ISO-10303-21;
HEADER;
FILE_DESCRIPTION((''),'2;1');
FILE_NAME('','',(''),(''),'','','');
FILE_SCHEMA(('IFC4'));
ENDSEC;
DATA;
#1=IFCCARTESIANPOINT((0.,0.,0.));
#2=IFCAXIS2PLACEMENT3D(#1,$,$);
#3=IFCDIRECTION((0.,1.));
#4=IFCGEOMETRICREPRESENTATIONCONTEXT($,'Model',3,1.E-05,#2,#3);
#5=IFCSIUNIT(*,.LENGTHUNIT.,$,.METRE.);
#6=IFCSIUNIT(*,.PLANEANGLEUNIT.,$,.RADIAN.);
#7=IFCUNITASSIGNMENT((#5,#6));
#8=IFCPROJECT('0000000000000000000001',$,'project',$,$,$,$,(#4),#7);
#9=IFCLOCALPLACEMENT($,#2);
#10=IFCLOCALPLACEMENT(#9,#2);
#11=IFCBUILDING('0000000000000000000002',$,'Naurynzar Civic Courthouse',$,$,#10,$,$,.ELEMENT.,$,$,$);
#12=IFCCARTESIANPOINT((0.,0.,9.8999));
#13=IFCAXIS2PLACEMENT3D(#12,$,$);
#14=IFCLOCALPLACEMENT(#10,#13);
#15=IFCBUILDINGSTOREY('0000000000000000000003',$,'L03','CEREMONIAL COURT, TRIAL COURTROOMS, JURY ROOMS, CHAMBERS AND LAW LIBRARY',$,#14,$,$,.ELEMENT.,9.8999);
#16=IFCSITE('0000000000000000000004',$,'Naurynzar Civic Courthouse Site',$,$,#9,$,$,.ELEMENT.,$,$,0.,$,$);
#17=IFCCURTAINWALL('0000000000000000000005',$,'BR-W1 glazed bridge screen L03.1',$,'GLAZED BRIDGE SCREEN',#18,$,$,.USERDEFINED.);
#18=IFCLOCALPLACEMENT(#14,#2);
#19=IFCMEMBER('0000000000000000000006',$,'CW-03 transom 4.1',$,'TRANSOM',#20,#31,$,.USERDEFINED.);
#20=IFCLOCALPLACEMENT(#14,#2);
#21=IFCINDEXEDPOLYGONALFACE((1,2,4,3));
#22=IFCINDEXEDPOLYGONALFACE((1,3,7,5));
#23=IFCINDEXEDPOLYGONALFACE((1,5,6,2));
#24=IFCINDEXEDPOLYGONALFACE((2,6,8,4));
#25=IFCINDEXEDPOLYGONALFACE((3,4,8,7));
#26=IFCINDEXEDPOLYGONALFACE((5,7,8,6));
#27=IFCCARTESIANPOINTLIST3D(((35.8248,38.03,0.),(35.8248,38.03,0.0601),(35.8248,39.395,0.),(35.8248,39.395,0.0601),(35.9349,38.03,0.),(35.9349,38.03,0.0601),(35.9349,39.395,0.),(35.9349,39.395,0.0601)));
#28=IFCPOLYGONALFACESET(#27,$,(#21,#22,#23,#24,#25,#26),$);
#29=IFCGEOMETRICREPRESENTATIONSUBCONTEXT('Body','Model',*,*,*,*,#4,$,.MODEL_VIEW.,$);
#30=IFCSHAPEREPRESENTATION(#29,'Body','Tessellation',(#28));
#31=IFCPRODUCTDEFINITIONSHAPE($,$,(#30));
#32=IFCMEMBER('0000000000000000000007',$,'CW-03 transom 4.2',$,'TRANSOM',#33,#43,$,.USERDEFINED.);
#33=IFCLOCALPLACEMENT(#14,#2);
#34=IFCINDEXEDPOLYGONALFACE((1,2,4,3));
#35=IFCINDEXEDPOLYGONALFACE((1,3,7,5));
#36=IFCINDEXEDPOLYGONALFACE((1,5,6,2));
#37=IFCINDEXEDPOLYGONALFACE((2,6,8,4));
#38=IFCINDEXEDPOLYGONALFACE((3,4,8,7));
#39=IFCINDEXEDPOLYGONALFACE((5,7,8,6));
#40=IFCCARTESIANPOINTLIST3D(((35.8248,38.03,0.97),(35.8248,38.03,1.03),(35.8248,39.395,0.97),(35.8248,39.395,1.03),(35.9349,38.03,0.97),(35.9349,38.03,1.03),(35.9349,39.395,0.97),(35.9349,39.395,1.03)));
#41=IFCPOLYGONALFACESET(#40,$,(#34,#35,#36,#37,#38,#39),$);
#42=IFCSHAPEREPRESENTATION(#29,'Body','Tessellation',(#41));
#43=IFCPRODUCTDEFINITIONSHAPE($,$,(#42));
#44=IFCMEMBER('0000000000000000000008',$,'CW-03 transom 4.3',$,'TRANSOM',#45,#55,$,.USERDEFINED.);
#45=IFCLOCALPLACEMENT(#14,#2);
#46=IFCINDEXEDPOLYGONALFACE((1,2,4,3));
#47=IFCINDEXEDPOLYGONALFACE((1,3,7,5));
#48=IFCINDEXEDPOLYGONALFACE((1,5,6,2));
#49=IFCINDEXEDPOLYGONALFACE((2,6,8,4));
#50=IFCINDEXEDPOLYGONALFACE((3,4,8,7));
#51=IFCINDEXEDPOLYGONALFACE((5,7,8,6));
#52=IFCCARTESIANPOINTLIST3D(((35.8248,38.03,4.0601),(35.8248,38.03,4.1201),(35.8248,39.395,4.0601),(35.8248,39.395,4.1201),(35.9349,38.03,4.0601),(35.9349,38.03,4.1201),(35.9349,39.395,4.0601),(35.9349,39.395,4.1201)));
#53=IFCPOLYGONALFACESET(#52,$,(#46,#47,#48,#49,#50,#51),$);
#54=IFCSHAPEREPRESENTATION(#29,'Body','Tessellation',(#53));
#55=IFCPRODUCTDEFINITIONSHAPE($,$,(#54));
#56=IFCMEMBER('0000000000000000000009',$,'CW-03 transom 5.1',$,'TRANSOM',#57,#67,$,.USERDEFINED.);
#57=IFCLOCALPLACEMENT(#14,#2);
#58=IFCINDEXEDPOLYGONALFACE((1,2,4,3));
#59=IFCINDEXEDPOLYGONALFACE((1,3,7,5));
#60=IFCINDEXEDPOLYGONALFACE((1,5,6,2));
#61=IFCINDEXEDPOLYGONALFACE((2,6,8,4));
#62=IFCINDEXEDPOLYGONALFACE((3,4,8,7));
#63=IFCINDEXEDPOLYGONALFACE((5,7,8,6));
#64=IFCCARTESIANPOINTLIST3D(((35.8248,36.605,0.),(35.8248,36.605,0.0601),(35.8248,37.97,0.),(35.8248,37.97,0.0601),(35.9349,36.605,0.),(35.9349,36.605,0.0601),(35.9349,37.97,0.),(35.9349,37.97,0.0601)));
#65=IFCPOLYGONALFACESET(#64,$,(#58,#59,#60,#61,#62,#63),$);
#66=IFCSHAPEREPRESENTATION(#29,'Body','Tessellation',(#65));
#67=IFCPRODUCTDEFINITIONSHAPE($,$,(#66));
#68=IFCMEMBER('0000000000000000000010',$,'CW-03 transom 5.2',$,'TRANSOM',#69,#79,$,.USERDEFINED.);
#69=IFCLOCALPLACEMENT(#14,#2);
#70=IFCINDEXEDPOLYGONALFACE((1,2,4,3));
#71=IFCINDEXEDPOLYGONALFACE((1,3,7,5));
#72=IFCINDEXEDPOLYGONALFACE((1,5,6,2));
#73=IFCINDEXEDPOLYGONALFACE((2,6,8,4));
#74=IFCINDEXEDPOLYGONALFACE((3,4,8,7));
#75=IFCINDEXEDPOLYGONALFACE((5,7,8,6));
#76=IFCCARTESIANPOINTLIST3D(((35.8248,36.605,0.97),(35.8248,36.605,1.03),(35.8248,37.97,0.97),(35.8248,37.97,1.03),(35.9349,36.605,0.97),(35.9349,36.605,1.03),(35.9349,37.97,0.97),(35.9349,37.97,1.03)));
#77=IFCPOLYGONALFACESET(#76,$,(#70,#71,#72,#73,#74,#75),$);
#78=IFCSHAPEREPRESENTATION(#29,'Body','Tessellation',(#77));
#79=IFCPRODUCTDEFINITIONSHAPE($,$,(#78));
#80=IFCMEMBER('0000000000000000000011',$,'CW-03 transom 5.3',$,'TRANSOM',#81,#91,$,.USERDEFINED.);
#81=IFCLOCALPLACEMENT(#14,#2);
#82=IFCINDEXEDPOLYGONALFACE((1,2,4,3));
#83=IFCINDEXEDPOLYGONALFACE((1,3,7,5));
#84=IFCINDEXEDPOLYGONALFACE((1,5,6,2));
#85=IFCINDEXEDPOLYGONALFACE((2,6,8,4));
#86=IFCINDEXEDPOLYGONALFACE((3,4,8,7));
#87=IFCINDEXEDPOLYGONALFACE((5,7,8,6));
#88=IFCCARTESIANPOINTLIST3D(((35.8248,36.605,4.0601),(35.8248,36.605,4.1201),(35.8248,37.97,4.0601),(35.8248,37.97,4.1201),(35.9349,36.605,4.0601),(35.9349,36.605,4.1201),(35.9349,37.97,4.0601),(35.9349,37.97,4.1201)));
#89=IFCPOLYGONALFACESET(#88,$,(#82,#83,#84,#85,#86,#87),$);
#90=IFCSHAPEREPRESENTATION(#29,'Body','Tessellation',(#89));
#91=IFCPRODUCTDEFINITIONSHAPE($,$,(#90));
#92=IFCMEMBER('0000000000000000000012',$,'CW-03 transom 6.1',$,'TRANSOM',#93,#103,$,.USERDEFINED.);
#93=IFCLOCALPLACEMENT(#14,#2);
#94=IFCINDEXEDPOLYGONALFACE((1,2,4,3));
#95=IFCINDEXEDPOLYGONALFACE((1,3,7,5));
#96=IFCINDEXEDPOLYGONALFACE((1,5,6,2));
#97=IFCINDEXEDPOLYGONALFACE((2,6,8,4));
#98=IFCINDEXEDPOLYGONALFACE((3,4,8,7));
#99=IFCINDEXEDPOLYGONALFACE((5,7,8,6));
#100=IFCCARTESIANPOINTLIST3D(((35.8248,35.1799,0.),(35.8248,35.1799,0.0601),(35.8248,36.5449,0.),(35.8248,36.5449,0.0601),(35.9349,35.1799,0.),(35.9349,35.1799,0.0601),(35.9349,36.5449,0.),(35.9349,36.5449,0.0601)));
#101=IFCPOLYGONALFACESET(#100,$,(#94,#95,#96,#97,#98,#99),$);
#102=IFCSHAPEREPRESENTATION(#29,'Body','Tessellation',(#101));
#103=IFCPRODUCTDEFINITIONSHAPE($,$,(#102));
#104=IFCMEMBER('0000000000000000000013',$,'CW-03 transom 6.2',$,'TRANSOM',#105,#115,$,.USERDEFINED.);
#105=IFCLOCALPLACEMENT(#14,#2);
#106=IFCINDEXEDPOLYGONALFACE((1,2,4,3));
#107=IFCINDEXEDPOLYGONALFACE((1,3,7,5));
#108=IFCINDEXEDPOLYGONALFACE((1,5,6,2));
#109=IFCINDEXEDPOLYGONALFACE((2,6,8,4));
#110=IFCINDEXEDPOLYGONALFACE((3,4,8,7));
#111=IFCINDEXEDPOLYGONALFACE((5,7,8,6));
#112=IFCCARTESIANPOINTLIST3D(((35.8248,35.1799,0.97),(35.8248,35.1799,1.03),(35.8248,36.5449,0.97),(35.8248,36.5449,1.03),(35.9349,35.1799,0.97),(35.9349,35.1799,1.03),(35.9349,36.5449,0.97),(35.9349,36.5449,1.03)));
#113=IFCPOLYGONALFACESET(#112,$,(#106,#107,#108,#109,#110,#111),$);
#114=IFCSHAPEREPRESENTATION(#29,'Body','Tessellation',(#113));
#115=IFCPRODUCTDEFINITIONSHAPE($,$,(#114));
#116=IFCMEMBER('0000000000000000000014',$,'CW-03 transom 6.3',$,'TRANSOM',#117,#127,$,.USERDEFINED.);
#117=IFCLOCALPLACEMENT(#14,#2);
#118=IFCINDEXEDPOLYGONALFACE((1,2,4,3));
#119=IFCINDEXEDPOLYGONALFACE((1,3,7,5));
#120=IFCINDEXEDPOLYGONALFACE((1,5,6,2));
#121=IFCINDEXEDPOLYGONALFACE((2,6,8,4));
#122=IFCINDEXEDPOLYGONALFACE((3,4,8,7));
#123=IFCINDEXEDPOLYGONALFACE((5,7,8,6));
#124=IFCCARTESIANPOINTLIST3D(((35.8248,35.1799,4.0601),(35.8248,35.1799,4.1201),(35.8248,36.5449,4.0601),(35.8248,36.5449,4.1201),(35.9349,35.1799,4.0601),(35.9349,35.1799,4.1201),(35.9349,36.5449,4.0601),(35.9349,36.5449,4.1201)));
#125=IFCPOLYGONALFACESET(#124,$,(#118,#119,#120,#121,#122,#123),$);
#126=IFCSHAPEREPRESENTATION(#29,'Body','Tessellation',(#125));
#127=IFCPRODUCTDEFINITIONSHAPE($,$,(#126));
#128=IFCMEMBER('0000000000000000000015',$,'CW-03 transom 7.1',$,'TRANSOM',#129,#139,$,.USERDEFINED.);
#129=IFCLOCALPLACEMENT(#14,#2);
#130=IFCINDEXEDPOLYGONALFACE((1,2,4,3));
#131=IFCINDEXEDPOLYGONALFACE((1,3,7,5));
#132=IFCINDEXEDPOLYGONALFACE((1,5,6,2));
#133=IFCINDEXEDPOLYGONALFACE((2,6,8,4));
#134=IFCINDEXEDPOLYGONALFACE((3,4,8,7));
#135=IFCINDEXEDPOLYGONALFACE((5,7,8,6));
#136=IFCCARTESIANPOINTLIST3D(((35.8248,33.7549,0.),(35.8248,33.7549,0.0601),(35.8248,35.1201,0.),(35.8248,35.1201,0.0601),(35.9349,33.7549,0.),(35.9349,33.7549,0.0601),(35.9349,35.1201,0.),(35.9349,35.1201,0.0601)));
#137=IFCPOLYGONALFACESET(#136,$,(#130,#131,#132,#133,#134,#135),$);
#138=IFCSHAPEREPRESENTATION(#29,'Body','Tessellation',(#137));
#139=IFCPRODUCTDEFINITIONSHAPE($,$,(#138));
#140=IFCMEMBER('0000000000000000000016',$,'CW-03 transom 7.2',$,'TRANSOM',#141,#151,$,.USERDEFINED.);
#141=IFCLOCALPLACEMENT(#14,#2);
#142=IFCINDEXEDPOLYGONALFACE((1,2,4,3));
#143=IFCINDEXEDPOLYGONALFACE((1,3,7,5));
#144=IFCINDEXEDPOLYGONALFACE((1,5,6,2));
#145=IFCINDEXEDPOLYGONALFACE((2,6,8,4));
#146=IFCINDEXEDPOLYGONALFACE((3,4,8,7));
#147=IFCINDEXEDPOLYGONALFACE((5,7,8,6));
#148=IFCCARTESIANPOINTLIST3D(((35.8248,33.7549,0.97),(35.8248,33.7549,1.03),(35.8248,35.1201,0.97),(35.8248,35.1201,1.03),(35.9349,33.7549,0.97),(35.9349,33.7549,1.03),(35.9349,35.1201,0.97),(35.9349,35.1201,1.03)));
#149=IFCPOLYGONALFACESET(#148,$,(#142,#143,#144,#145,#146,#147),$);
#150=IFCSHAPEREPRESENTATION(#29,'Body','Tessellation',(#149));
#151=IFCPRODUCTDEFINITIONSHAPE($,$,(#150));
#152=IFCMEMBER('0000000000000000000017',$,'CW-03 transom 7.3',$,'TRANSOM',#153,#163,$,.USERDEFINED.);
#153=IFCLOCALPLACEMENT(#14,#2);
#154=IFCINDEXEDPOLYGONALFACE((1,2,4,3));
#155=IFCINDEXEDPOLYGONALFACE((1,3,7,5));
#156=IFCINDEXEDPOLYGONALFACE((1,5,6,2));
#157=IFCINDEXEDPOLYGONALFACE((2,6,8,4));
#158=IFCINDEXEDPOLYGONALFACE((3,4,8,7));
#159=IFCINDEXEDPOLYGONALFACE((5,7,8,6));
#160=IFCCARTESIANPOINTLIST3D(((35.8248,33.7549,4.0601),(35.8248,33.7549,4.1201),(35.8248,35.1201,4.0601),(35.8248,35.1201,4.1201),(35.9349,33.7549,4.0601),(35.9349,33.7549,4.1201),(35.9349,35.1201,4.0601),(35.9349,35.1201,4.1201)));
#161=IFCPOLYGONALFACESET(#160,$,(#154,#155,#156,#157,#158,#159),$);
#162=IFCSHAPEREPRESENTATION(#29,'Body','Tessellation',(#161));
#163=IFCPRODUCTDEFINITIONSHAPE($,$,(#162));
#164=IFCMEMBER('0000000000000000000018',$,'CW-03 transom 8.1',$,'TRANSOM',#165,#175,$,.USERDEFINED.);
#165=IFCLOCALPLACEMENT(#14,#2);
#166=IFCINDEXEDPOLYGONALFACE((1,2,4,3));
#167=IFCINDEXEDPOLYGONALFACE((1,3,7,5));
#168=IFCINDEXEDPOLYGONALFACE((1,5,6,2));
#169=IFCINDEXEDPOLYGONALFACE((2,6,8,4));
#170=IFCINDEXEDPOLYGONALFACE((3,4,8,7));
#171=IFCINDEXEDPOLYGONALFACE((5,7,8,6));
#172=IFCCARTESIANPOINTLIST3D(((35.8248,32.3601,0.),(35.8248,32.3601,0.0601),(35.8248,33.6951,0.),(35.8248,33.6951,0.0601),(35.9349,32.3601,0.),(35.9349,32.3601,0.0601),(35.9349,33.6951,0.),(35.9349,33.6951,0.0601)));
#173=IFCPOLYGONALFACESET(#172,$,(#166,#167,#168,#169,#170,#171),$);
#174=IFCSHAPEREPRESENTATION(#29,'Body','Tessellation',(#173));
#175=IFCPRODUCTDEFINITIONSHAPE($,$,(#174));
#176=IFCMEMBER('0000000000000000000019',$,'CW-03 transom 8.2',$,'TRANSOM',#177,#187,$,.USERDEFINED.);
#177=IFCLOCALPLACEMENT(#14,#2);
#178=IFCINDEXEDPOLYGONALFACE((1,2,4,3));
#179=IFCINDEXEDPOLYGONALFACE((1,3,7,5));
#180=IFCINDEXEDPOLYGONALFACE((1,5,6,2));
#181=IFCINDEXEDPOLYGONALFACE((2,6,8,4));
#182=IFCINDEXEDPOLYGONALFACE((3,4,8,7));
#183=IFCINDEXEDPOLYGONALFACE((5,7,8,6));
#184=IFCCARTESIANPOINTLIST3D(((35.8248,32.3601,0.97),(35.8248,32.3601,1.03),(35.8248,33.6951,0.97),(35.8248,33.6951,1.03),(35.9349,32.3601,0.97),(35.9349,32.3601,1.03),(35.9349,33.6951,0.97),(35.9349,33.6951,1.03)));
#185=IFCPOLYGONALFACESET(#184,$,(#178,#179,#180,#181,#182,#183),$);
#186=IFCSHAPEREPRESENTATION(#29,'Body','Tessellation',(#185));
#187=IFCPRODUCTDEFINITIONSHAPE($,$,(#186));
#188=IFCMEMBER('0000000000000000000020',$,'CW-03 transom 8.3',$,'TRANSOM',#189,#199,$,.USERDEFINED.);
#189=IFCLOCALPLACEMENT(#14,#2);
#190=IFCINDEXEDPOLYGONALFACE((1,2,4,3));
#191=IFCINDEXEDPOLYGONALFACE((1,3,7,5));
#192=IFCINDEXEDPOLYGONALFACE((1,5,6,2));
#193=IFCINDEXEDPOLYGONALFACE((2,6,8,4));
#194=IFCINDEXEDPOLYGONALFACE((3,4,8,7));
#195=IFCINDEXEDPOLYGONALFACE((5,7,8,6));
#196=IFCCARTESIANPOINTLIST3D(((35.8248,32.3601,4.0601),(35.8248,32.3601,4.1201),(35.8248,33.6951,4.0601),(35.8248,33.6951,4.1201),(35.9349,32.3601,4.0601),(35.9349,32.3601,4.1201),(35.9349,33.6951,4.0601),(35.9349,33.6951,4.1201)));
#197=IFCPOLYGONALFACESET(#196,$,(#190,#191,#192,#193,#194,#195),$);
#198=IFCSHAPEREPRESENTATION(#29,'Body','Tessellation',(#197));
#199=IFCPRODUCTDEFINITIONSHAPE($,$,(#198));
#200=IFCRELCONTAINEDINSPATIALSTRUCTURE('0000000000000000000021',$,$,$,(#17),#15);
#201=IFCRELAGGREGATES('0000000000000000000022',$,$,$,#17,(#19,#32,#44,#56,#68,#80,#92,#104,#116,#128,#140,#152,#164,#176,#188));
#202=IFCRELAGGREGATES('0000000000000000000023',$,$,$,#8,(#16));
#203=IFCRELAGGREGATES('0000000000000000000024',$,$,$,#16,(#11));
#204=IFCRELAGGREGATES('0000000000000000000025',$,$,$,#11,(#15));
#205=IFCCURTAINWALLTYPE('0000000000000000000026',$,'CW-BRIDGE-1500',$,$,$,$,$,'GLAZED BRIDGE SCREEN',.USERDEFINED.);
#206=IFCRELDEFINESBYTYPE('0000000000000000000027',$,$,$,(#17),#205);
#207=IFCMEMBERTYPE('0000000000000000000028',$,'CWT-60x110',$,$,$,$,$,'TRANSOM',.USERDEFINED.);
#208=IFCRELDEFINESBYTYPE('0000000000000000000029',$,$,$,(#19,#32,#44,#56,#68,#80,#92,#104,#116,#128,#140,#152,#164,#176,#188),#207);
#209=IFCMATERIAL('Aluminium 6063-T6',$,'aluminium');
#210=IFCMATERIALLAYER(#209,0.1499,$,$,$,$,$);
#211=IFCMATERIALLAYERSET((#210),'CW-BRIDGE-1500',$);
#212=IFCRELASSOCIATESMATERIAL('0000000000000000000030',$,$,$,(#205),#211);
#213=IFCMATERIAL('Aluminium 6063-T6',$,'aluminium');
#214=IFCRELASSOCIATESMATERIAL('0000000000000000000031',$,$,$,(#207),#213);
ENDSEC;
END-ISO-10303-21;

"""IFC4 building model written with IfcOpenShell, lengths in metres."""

from ifc_helpers import new_model, si_unit, direction, frame, origin, origin_2d, place, context, subcontext, project, spatial, rectangle, extrude, material, layer, layer_set, material_profile, profile_set, type_object, element, aggregate, save


model = new_model("IFC4")

# Units and contexts
model_context = context("Model", 3, precision=1e-05, world=origin(), true_north=direction((0.0, 1.0)))
body_context = subcontext(model_context, "Body", "Model", "MODEL_VIEW")
ifc_project = project(units=[si_unit("LENGTHUNIT", "METRE"), si_unit("PLANEANGLEUNIT", "RADIAN")], contexts=[model_context])

# Site, building, storey
site_placement = place(None, origin())
site = spatial("IfcSite", under=ifc_project, at=site_placement, Name="Naurynzar Civic Courthouse Site", CompositionType="ELEMENT", RefElevation=0.0)
building_placement = place(site_placement, origin())
building = spatial("IfcBuilding", under=site, at=building_placement, Name="Naurynzar Civic Courthouse", CompositionType="ELEMENT")
storey_placement = place(building_placement, frame((0.0, 0.0, 9.8999)))
storey = spatial("IfcBuildingStorey", under=building, at=storey_placement, Name="L03", Description="CEREMONIAL COURT, TRIAL COURTROOMS, JURY ROOMS, CHAMBERS AND LAW LIBRARY", CompositionType="ELEMENT", Elevation=9.8999)

# Curtain wall, members
ifc_material_1 = material(Name="Aluminium 6063-T6", Category="aluminium")
ifc_layer_1 = layer(ifc_material_1, 0.1499)
ifc_layer_set_1 = layer_set([ifc_layer_1], Name="CW-BRIDGE-1500")
curtain_wall_type = type_object("IfcCurtainWallType", Name="CW-BRIDGE-1500", ElementType="GLAZED BRIDGE SCREEN", PredefinedType="USERDEFINED", material=ifc_layer_set_1)
curtain_wall_placement = place(storey_placement, origin())
curtain_wall = element("IfcCurtainWall", 1, at=curtain_wall_placement, inside=storey, type_object=curtain_wall_type, Name="BR-W1 glazed bridge screen L03.1", ObjectType="GLAZED BRIDGE SCREEN", PredefinedType="USERDEFINED")
ifc_material_2 = material(Name="Aluminium 6063-T6", Category="aluminium")
ifc_material_profile_1 = material_profile(ifc_material_2, rectangle(XDim=0.1101, YDim=0.0601, at=origin_2d()), Name="ALU TRANSOM 60x110")
ifc_profile_set_1 = profile_set([ifc_material_profile_1], Name="Aluminium 6063-T6")
member_type_1 = type_object("IfcMemberType", Name="CWT-60x110", ElementType="TRANSOM", PredefinedType="USERDEFINED", material=ifc_profile_set_1)
member_1_placement = place(storey_placement, frame((35.8799, 39.395, 0.03), z_axis=(0.0, -1.0, 0.0), x_axis=(1.0, 0.0, 0.0)))
member_1 = element("IfcMember", 2, at=member_1_placement, type_object=member_type_1, Name="CW-03 transom 4.1", ObjectType="TRANSOM", PredefinedType="USERDEFINED", context=body_context, shape_type="SweptSolid", body=[
    extrude(rectangle(XDim=0.1101, YDim=0.0601, at=origin_2d()), origin(), (0.0, 0.0, 1.0), 1.365),
])
member_2_placement = place(storey_placement, frame((35.8799, 39.395, 1.0), z_axis=(0.0, -1.0, 0.0), x_axis=(1.0, 0.0, 0.0)))
member_2 = element("IfcMember", 3, at=member_2_placement, type_object=member_type_1, Name="CW-03 transom 4.2", ObjectType="TRANSOM", PredefinedType="USERDEFINED", context=body_context, shape_type="SweptSolid", body=[
    extrude(rectangle(XDim=0.1101, YDim=0.0601, at=origin_2d()), origin(), (0.0, 0.0, 1.0), 1.365),
])
member_3_placement = place(storey_placement, frame((35.8799, 39.395, 4.0901), z_axis=(0.0, -1.0, 0.0), x_axis=(1.0, 0.0, 0.0)))
member_3 = element("IfcMember", 4, at=member_3_placement, type_object=member_type_1, Name="CW-03 transom 4.3", ObjectType="TRANSOM", PredefinedType="USERDEFINED", context=body_context, shape_type="SweptSolid", body=[
    extrude(rectangle(XDim=0.1101, YDim=0.0601, at=origin_2d()), origin(), (0.0, 0.0, 1.0), 1.365),
])
member_4_placement = place(storey_placement, frame((35.8799, 37.97, 0.03), z_axis=(0.0, -1.0, 0.0), x_axis=(1.0, 0.0, 0.0)))
member_4 = element("IfcMember", 5, at=member_4_placement, type_object=member_type_1, Name="CW-03 transom 5.1", ObjectType="TRANSOM", PredefinedType="USERDEFINED", context=body_context, shape_type="SweptSolid", body=[
    extrude(rectangle(XDim=0.1101, YDim=0.0601, at=origin_2d()), origin(), (0.0, 0.0, 1.0), 1.365),
])
member_5_placement = place(storey_placement, frame((35.8799, 37.97, 1.0), z_axis=(0.0, -1.0, 0.0), x_axis=(1.0, 0.0, 0.0)))
member_5 = element("IfcMember", 6, at=member_5_placement, type_object=member_type_1, Name="CW-03 transom 5.2", ObjectType="TRANSOM", PredefinedType="USERDEFINED", context=body_context, shape_type="SweptSolid", body=[
    extrude(rectangle(XDim=0.1101, YDim=0.0601, at=origin_2d()), origin(), (0.0, 0.0, 1.0), 1.365),
])
member_6_placement = place(storey_placement, frame((35.8799, 37.97, 4.0901), z_axis=(0.0, -1.0, 0.0), x_axis=(1.0, 0.0, 0.0)))
member_6 = element("IfcMember", 7, at=member_6_placement, type_object=member_type_1, Name="CW-03 transom 5.3", ObjectType="TRANSOM", PredefinedType="USERDEFINED", context=body_context, shape_type="SweptSolid", body=[
    extrude(rectangle(XDim=0.1101, YDim=0.0601, at=origin_2d()), origin(), (0.0, 0.0, 1.0), 1.365),
])
member_7_placement = place(storey_placement, frame((35.8799, 36.5449, 0.03), z_axis=(0.0, -1.0, 0.0), x_axis=(1.0, 0.0, 0.0)))
member_7 = element("IfcMember", 8, at=member_7_placement, type_object=member_type_1, Name="CW-03 transom 6.1", ObjectType="TRANSOM", PredefinedType="USERDEFINED", context=body_context, shape_type="SweptSolid", body=[
    extrude(rectangle(XDim=0.1101, YDim=0.0601, at=origin_2d()), origin(), (0.0, 0.0, 1.0), 1.365),
])
member_8_placement = place(storey_placement, frame((35.8799, 36.5449, 1.0), z_axis=(0.0, -1.0, 0.0), x_axis=(1.0, 0.0, 0.0)))
member_8 = element("IfcMember", 9, at=member_8_placement, type_object=member_type_1, Name="CW-03 transom 6.2", ObjectType="TRANSOM", PredefinedType="USERDEFINED", context=body_context, shape_type="SweptSolid", body=[
    extrude(rectangle(XDim=0.1101, YDim=0.0601, at=origin_2d()), origin(), (0.0, 0.0, 1.0), 1.365),
])
member_9_placement = place(storey_placement, frame((35.8799, 36.5449, 4.0901), z_axis=(0.0, -1.0, 0.0), x_axis=(1.0, 0.0, 0.0)))
member_9 = element("IfcMember", 10, at=member_9_placement, type_object=member_type_1, Name="CW-03 transom 6.3", ObjectType="TRANSOM", PredefinedType="USERDEFINED", context=body_context, shape_type="SweptSolid", body=[
    extrude(rectangle(XDim=0.1101, YDim=0.0601, at=origin_2d()), origin(), (0.0, 0.0, 1.0), 1.365),
])
member_10_placement = place(storey_placement, frame((35.8799, 35.1201, 0.03), z_axis=(0.0, -1.0, 0.0), x_axis=(1.0, 0.0, 0.0)))
member_10 = element("IfcMember", 11, at=member_10_placement, type_object=member_type_1, Name="CW-03 transom 7.1", ObjectType="TRANSOM", PredefinedType="USERDEFINED", context=body_context, shape_type="SweptSolid", body=[
    extrude(rectangle(XDim=0.1101, YDim=0.0601, at=origin_2d()), origin(), (0.0, 0.0, 1.0), 1.3652),
])
member_11_placement = place(storey_placement, frame((35.8799, 35.1201, 1.0), z_axis=(0.0, -1.0, 0.0), x_axis=(1.0, 0.0, 0.0)))
member_11 = element("IfcMember", 12, at=member_11_placement, type_object=member_type_1, Name="CW-03 transom 7.2", ObjectType="TRANSOM", PredefinedType="USERDEFINED", context=body_context, shape_type="SweptSolid", body=[
    extrude(rectangle(XDim=0.1101, YDim=0.0601, at=origin_2d()), origin(), (0.0, 0.0, 1.0), 1.3652),
])
member_12_placement = place(storey_placement, frame((35.8799, 35.1201, 4.0901), z_axis=(0.0, -1.0, 0.0), x_axis=(1.0, 0.0, 0.0)))
member_12 = element("IfcMember", 13, at=member_12_placement, type_object=member_type_1, Name="CW-03 transom 7.3", ObjectType="TRANSOM", PredefinedType="USERDEFINED", context=body_context, shape_type="SweptSolid", body=[
    extrude(rectangle(XDim=0.1101, YDim=0.0601, at=origin_2d()), origin(), (0.0, 0.0, 1.0), 1.3652),
])
member_13_placement = place(storey_placement, frame((35.8799, 33.6951, 0.03), z_axis=(0.0, -1.0, 0.0), x_axis=(1.0, 0.0, 0.0)))
member_13 = element("IfcMember", 14, at=member_13_placement, type_object=member_type_1, Name="CW-03 transom 8.1", ObjectType="TRANSOM", PredefinedType="USERDEFINED", context=body_context, shape_type="SweptSolid", body=[
    extrude(rectangle(XDim=0.1101, YDim=0.0601, at=origin_2d()), origin(), (0.0, 0.0, 1.0), 1.335),
])
member_14_placement = place(storey_placement, frame((35.8799, 33.6951, 1.0), z_axis=(0.0, -1.0, 0.0), x_axis=(1.0, 0.0, 0.0)))
member_14 = element("IfcMember", 15, at=member_14_placement, type_object=member_type_1, Name="CW-03 transom 8.2", ObjectType="TRANSOM", PredefinedType="USERDEFINED", context=body_context, shape_type="SweptSolid", body=[
    extrude(rectangle(XDim=0.1101, YDim=0.0601, at=origin_2d()), origin(), (0.0, 0.0, 1.0), 1.335),
])
member_15_placement = place(storey_placement, frame((35.8799, 33.6951, 4.0901), z_axis=(0.0, -1.0, 0.0), x_axis=(1.0, 0.0, 0.0)))
member_15 = element("IfcMember", 16, at=member_15_placement, type_object=member_type_1, Name="CW-03 transom 8.3", ObjectType="TRANSOM", PredefinedType="USERDEFINED", context=body_context, shape_type="SweptSolid", body=[
    extrude(rectangle(XDim=0.1101, YDim=0.0601, at=origin_2d()), origin(), (0.0, 0.0, 1.0), 1.335),
])
aggregate(curtain_wall, [member_1, member_2, member_3, member_4, member_5, member_6, member_7, member_8, member_9, member_10, member_11, member_12, member_13, member_14, member_15])

save(model, "model.ifc")
